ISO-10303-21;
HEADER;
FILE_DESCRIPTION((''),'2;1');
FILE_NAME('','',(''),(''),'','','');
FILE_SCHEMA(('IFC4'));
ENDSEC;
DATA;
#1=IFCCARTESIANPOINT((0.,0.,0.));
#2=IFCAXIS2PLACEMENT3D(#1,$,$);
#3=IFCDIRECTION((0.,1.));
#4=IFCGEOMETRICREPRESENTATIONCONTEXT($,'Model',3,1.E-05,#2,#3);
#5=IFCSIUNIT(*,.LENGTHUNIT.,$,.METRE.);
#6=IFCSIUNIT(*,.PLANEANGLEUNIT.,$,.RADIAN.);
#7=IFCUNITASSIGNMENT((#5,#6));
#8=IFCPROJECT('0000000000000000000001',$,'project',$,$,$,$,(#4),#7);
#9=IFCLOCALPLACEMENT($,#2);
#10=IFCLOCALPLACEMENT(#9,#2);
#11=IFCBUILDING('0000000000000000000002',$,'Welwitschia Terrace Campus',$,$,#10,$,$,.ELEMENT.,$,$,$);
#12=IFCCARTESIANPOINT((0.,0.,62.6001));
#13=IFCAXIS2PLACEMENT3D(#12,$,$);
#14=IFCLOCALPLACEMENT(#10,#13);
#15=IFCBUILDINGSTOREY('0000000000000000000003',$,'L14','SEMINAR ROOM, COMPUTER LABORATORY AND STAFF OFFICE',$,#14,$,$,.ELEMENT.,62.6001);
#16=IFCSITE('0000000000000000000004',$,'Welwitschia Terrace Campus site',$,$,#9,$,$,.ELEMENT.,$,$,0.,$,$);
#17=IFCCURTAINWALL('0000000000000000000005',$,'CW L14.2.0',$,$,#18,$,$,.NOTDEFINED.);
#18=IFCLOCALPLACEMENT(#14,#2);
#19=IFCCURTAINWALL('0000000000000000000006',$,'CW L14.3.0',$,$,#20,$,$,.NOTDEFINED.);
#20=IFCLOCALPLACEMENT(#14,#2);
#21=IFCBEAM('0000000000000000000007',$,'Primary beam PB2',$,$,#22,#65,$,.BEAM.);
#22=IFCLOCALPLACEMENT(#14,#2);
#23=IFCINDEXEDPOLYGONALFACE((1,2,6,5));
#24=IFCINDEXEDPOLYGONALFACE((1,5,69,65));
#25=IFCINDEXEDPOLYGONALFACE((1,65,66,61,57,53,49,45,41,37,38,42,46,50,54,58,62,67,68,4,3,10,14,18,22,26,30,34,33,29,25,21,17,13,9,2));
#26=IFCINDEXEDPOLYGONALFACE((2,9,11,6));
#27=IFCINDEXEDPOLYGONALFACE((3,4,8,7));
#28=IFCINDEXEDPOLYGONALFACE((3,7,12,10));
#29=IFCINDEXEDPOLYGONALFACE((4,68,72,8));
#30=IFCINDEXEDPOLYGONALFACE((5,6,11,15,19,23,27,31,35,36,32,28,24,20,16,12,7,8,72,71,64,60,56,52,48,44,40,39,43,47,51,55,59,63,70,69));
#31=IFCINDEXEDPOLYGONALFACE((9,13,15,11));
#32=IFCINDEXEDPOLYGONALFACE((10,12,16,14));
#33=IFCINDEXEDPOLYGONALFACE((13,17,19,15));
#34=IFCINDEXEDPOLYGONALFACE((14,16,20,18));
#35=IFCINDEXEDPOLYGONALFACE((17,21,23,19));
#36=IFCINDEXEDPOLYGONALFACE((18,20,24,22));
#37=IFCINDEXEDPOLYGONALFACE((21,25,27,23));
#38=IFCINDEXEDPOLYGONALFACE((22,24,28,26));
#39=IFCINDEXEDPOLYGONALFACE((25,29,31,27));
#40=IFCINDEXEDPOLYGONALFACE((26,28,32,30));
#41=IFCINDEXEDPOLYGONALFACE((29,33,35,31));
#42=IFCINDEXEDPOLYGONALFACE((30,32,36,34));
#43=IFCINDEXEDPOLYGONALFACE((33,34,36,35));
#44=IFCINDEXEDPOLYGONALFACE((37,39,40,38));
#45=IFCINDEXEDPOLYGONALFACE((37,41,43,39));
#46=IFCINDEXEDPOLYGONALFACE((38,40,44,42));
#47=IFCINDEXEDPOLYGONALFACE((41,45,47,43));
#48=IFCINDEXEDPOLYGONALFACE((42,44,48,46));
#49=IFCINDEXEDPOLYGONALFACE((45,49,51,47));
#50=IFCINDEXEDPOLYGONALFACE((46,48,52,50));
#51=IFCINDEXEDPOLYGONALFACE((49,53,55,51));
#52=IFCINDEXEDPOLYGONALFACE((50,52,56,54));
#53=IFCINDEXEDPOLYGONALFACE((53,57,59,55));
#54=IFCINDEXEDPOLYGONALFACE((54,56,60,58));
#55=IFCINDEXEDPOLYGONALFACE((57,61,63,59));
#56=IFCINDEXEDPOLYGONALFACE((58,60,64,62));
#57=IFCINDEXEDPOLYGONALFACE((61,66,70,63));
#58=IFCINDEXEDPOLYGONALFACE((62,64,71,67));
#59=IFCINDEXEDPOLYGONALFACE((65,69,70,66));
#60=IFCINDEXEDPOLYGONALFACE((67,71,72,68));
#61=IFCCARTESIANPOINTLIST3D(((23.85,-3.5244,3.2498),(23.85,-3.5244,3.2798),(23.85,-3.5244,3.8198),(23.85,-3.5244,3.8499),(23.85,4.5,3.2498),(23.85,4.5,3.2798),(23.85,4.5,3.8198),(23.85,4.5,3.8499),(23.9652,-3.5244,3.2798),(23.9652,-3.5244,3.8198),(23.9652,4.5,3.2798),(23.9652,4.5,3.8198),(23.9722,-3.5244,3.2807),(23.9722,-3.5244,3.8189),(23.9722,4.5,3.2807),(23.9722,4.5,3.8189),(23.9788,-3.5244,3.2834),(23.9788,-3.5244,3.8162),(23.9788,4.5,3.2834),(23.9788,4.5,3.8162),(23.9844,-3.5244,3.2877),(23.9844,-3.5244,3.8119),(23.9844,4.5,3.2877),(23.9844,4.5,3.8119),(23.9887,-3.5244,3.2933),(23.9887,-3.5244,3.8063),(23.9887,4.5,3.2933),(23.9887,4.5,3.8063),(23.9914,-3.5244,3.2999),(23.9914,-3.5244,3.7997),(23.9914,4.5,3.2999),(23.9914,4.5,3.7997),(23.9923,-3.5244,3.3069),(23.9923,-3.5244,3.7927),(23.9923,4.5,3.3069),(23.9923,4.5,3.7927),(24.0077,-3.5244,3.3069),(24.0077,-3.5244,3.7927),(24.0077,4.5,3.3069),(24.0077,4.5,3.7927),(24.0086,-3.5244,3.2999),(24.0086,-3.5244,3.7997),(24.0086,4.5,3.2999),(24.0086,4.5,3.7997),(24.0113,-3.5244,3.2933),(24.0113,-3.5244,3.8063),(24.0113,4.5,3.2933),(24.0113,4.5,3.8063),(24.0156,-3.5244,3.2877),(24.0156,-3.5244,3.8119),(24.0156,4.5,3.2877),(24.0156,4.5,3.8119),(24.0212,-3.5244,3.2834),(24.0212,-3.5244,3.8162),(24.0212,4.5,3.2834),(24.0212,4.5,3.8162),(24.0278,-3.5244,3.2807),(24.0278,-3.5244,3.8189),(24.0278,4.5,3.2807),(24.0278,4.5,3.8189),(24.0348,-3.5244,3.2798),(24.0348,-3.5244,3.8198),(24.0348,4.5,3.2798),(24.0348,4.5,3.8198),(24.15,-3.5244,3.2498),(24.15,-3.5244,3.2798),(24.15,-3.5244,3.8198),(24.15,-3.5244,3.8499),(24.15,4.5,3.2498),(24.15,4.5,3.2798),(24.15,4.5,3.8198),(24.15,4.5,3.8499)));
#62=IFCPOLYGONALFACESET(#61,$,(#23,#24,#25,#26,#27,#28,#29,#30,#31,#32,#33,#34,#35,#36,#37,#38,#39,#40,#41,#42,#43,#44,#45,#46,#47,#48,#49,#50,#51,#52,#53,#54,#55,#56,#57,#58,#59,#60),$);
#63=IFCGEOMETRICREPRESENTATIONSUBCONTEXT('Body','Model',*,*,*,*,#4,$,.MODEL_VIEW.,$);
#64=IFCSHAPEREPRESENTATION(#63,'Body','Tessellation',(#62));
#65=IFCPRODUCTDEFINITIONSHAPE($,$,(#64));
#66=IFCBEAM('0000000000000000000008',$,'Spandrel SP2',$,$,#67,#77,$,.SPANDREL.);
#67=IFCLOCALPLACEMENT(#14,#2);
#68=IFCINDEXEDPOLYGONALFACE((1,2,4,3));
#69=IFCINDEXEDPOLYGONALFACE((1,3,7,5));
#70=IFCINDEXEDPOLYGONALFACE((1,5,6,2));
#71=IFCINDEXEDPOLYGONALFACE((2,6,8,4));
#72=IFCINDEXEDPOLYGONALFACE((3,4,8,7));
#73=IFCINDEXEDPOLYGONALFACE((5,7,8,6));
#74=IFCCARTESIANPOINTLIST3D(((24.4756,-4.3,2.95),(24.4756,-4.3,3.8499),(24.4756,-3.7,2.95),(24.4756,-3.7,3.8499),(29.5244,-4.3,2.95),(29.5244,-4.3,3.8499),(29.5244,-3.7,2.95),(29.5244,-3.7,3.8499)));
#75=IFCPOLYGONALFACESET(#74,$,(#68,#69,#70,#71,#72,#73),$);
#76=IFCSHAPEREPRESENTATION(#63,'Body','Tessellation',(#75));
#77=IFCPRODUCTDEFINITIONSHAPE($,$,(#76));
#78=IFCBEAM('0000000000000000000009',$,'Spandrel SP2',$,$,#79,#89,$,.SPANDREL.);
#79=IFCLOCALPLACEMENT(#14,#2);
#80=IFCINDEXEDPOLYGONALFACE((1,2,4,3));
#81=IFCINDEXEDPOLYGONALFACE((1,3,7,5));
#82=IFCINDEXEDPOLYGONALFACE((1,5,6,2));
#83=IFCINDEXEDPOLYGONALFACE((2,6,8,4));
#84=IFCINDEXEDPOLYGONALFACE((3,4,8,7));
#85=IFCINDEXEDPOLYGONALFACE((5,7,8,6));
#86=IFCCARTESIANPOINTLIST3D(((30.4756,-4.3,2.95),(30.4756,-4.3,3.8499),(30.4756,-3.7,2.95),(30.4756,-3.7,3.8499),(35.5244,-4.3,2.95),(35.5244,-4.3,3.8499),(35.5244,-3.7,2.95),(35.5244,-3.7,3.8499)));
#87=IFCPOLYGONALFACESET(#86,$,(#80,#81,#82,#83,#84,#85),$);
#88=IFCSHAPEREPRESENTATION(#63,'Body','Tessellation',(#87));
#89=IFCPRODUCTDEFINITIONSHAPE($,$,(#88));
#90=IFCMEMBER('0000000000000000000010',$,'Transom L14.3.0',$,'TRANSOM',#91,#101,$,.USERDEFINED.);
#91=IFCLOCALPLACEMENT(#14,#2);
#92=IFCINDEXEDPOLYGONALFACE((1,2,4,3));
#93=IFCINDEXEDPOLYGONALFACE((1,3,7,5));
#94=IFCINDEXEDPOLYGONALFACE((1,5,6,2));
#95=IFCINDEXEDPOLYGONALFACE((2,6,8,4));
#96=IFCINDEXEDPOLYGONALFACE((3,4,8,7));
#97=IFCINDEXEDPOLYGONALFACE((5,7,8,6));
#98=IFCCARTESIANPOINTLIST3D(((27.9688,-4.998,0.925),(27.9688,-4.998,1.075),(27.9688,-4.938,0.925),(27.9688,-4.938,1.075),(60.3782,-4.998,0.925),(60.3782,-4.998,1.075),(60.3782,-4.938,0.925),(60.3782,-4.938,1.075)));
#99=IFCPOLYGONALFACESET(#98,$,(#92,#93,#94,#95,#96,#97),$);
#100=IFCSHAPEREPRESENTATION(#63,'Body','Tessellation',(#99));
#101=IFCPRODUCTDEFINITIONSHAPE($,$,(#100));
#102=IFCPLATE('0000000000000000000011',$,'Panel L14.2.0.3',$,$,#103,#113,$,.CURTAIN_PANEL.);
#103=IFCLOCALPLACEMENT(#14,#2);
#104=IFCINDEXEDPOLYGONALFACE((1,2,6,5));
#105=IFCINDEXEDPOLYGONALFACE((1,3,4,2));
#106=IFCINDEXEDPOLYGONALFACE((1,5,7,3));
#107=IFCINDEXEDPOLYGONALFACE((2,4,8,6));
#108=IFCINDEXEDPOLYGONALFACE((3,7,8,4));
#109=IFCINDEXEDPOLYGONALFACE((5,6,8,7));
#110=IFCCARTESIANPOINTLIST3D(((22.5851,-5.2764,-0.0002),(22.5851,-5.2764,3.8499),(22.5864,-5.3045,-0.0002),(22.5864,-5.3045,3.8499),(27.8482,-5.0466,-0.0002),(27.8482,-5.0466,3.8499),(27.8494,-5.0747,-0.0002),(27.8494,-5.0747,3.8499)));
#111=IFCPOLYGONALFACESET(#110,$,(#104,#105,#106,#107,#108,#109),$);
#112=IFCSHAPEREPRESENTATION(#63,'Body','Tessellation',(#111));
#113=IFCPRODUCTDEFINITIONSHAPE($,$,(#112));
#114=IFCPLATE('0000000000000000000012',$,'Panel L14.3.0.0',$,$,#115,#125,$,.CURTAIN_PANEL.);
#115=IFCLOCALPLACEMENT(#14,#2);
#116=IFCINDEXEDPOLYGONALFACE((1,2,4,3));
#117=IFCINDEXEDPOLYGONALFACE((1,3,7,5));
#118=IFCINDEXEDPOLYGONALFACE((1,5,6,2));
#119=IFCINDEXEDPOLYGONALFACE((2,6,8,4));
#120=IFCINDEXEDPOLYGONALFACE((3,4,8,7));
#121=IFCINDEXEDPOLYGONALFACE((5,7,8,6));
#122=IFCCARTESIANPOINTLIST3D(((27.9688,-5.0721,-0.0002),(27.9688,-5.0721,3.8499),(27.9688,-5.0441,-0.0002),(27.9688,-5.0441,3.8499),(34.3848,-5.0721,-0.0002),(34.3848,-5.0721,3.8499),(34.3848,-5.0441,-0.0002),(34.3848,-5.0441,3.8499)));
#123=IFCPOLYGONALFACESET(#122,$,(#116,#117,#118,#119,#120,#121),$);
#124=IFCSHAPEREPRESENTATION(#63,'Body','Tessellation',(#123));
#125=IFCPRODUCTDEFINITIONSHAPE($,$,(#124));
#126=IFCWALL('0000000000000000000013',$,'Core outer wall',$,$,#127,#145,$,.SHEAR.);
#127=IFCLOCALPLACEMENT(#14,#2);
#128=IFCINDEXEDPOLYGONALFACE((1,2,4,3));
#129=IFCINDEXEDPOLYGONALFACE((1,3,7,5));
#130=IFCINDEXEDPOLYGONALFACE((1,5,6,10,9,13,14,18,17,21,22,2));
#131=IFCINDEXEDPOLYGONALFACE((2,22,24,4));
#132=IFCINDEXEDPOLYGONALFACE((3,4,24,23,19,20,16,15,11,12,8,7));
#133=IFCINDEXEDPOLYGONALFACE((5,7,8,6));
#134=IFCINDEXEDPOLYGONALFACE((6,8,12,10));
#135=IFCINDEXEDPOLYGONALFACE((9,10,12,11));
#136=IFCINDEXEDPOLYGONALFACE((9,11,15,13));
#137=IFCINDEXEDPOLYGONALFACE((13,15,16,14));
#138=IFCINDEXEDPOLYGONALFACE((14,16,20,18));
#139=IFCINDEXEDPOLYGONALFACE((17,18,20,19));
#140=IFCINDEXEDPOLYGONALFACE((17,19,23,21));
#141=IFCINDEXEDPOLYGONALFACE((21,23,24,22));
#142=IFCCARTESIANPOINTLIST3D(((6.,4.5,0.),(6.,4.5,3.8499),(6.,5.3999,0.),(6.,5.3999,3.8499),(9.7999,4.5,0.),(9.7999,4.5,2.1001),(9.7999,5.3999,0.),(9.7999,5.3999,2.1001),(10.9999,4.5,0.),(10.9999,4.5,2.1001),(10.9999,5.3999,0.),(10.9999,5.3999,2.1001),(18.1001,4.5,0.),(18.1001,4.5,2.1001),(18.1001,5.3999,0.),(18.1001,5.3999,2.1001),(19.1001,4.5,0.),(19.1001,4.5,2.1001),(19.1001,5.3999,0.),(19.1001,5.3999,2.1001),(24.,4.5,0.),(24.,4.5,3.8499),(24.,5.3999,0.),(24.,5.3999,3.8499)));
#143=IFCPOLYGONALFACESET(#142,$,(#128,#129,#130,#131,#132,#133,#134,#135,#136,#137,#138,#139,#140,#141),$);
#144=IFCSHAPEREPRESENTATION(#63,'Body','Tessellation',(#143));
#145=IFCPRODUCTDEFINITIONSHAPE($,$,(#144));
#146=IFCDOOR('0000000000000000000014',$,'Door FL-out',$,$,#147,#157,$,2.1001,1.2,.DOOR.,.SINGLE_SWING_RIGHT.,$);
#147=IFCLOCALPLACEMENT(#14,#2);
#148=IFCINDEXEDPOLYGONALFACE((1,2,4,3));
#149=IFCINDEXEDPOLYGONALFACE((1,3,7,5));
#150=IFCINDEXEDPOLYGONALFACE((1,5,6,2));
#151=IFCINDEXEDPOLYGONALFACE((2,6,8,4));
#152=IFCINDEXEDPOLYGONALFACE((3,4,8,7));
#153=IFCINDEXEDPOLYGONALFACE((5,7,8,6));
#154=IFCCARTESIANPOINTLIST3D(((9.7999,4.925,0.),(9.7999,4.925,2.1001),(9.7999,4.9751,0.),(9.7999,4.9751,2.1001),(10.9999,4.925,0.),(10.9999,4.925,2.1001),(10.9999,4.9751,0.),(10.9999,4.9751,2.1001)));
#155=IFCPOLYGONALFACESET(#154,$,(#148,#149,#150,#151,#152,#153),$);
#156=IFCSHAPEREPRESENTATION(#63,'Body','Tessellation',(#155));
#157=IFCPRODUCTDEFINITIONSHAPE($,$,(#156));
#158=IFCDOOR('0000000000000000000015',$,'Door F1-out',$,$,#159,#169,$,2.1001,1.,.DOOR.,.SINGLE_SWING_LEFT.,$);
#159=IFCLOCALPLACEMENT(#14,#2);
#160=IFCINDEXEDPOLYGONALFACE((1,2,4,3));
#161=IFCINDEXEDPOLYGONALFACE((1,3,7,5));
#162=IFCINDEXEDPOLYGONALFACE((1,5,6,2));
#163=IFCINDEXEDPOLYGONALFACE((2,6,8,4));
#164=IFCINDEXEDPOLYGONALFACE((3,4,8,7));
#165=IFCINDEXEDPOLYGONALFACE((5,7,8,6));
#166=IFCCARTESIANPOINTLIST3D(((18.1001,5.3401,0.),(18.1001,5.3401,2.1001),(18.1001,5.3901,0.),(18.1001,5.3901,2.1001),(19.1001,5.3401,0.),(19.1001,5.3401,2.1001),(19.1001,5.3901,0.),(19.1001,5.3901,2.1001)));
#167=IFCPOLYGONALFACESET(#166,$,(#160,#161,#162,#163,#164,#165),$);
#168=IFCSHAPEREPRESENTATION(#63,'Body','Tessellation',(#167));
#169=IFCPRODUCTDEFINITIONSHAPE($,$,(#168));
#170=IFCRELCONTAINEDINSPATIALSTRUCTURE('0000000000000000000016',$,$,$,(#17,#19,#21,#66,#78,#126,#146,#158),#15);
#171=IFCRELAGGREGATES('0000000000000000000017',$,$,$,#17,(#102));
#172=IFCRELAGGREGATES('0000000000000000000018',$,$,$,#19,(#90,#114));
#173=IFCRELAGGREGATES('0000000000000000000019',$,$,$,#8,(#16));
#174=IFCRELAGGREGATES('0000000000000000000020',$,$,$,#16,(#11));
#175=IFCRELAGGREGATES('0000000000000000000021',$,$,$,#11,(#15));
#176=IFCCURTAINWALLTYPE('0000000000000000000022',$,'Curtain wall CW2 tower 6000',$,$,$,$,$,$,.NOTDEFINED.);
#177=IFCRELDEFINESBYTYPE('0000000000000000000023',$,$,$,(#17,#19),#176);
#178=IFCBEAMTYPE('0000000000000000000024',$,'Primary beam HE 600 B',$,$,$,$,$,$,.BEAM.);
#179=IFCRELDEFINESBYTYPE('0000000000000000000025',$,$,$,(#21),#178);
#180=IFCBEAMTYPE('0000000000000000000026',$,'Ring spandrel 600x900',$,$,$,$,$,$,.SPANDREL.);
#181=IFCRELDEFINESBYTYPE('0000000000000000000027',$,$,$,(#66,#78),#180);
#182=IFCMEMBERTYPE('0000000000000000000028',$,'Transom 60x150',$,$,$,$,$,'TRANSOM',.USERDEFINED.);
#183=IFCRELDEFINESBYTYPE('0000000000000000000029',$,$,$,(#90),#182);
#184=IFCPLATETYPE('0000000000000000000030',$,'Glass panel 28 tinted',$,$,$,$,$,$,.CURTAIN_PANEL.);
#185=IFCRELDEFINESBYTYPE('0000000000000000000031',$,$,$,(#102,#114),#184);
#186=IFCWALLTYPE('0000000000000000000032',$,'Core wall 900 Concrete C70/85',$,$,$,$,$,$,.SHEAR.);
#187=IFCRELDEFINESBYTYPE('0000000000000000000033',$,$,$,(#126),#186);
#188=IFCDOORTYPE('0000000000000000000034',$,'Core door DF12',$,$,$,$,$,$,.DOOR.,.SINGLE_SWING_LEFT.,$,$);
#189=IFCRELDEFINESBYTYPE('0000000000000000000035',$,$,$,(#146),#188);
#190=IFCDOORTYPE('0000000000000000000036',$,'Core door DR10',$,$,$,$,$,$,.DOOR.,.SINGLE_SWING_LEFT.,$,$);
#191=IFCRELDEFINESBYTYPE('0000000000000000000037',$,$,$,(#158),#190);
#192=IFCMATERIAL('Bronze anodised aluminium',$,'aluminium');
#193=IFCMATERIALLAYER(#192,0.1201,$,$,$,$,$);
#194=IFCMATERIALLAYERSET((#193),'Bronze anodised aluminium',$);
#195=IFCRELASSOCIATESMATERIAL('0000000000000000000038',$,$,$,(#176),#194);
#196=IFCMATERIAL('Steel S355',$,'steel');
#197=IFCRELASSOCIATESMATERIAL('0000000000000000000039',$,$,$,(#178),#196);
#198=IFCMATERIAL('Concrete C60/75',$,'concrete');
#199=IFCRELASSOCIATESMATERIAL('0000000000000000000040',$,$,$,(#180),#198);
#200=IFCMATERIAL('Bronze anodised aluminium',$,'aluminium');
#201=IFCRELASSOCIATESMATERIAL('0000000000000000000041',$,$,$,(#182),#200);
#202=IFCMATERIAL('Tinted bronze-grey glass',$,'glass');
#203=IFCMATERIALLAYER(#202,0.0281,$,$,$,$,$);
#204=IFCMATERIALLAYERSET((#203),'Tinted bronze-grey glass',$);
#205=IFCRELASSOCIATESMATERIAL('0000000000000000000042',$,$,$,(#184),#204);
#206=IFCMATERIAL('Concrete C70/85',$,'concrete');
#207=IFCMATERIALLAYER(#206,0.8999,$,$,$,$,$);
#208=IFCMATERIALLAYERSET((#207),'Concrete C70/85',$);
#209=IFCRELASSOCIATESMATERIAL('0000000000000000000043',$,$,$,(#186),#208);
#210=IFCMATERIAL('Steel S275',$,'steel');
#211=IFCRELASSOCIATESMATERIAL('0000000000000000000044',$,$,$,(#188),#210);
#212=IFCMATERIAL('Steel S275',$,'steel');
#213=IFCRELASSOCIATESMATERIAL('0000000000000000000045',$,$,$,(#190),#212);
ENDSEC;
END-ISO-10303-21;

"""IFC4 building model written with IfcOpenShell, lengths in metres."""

from ifc_helpers import new_model, si_unit, direction, frame, frame_2d, origin, origin_2d, place, context, subcontext, project, spatial, rectangle, i_section, extrude, material, layer, layer_set, material_profile, profile_set, type_object, element, fill, aggregate, save


model = new_model("IFC4")

# Units and contexts
model_context = context("Model", 3, precision=1e-05, world=origin(), true_north=direction((0.0, 1.0)))
body_context = subcontext(model_context, "Body", "Model", "MODEL_VIEW")
ifc_project = project(units=[si_unit("LENGTHUNIT", "METRE"), si_unit("PLANEANGLEUNIT", "RADIAN")], contexts=[model_context])

# Site, building, storey
site_placement = place(None, origin())
site = spatial("IfcSite", under=ifc_project, at=site_placement, Name="Welwitschia Terrace Campus site", CompositionType="ELEMENT", RefElevation=0.0)
building_placement = place(site_placement, origin())
building = spatial("IfcBuilding", under=site, at=building_placement, Name="Welwitschia Terrace Campus", CompositionType="ELEMENT")
storey_placement = place(building_placement, frame((0.0, 0.0, 62.6001)))
storey = spatial("IfcBuildingStorey", under=building, at=storey_placement, Name="L14", Description="SEMINAR ROOM, COMPUTER LABORATORY AND STAFF OFFICE", CompositionType="ELEMENT", Elevation=62.6001)

# Curtain wall
ifc_material_1 = material(Name="Bronze anodised aluminium", Category="aluminium")
ifc_layer_1 = layer(ifc_material_1, 0.1201)
ifc_layer_set_1 = layer_set([ifc_layer_1], Name="Bronze anodised aluminium")
curtain_wall_type = type_object("IfcCurtainWallType", Name="Curtain wall CW2 tower 6000", PredefinedType="NOTDEFINED", material=ifc_layer_set_1)
curtain_wall_1_placement = place(storey_placement, origin())
curtain_wall_1 = element("IfcCurtainWall", 1, at=curtain_wall_1_placement, inside=storey, type_object=curtain_wall_type, Name="CW L14.2.0", PredefinedType="NOTDEFINED")

# Curtain wall
curtain_wall_2_placement = place(storey_placement, origin())
curtain_wall_2 = element("IfcCurtainWall", 2, at=curtain_wall_2_placement, inside=storey, type_object=curtain_wall_type, Name="CW L14.3.0", PredefinedType="NOTDEFINED")

# Beams
ifc_material_2 = material(Name="Steel S355", Category="steel")
ifc_material_profile_1 = material_profile(ifc_material_2, i_section(OverallWidth=0.3, OverallDepth=0.6001, WebThickness=0.0154, FlangeThickness=0.03, FilletRadius=0.0271, at=origin_2d()))
ifc_profile_set_1 = profile_set([ifc_material_profile_1], Name="Steel S355")
beam_type_1 = type_object("IfcBeamType", Name="Primary beam HE 600 B", PredefinedType="BEAM", material=ifc_profile_set_1)
beam_placement = place(storey_placement, frame((24.0, -3.5244, 3.5498), z_axis=(0.0, 1.0, 0.0), x_axis=(-1.0, 0.0, 0.0)))
element("IfcBeam", 3, at=beam_placement, inside=storey, type_object=beam_type_1, Name="Primary beam PB2", PredefinedType="BEAM", context=body_context, shape_type="SweptSolid", body=[
    extrude(i_section(OverallWidth=0.3, OverallDepth=0.6001, WebThickness=0.0154, FlangeThickness=0.03, FilletRadius=0.0271, at=origin_2d()), origin(), (0.0, 0.0, 1.0), 8.0244),
])
ifc_material_3 = material(Name="Concrete C60/75", Category="concrete")
ifc_material_profile_2 = material_profile(ifc_material_3, rectangle(XDim=0.6001, YDim=0.8999, at=origin_2d()))
ifc_profile_set_2 = profile_set([ifc_material_profile_2], Name="Concrete C60/75")
beam_type_2 = type_object("IfcBeamType", Name="Ring spandrel 600x900", PredefinedType="SPANDREL", material=ifc_profile_set_2)
for number, where, z_axis, x_axis, name in (
    (4, (24.4756, -4.0, 3.3999), (1.0, 0.0, 0.0), (0.0, 1.0, 0.0), "Spandrel SP2"),
    (5, (30.4756, -4.0, 3.3999), (1.0, 0.0, 0.0), (0.0, 1.0, 0.0), "Spandrel SP2"),
):
    element("IfcBeam", number, at=place(storey_placement, frame(where, z_axis=z_axis, x_axis=x_axis)), inside=storey, type_object=beam_type_2, Name=name, PredefinedType="SPANDREL", context=body_context, shape_type="SweptSolid", body=[
        extrude(rectangle(XDim=0.6001, YDim=0.8999, at=origin_2d()), origin(), (0.0, 0.0, 1.0), 5.0488),
    ])

# Member
ifc_material_4 = material(Name="Bronze anodised aluminium", Category="aluminium")
ifc_material_profile_3 = material_profile(ifc_material_4, rectangle(XDim=0.0601, YDim=0.1499, at=origin_2d()))
ifc_profile_set_3 = profile_set([ifc_material_profile_3], Name="Bronze anodised aluminium")
member_type_1 = type_object("IfcMemberType", Name="Transom 60x150", ElementType="TRANSOM", PredefinedType="USERDEFINED", material=ifc_profile_set_3)
member_1_placement = place(storey_placement, frame((27.9688, -4.968, 1.0), z_axis=(1.0, 0.0, 0.0), x_axis=(0.0, 1.0, 0.0)))
member_1 = element("IfcMember", 6, at=member_1_placement, type_object=member_type_1, Name="Transom L14.3.0", ObjectType="TRANSOM", PredefinedType="USERDEFINED", context=body_context, shape_type="SweptSolid", body=[
    extrude(rectangle(XDim=0.0601, YDim=0.1499, at=origin_2d()), origin(), (0.0, 0.0, 1.0), 32.4094),
])

# Plates
ifc_material_5 = material(Name="Tinted bronze-grey glass", Category="glass")
ifc_layer_2 = layer(ifc_material_5, 0.0281)
ifc_layer_set_2 = layer_set([ifc_layer_2], Name="Tinted bronze-grey glass")
plate_type = type_object("IfcPlateType", Name="Glass panel 28 tinted", PredefinedType="CURTAIN_PANEL", material=ifc_layer_set_2)
plate_1_placement = place(storey_placement, frame((25.2173, -5.1755, -0.0002), z_axis=(0.0, 0.0, 1.0), x_axis=(0.999048, 0.043619, 0.0)))
plate_1 = element("IfcPlate", 7, at=plate_1_placement, type_object=plate_type, Name="Panel L14.2.0.3", PredefinedType="CURTAIN_PANEL", context=body_context, shape_type="SweptSolid", body=[
    extrude(rectangle(XDim=5.2681, YDim=0.0281, at=origin_2d()), origin(), (0.0, 0.0, 1.0), 3.8501),
])
aggregate(curtain_wall_1, [plate_1])
plate_2_placement = place(storey_placement, frame((31.1768, -5.0581, -0.0002), z_axis=(0.0, 0.0, 1.0), x_axis=(1.0, 0.0, 0.0)))
plate_2 = element("IfcPlate", 8, at=plate_2_placement, type_object=plate_type, Name="Panel L14.3.0.0", PredefinedType="CURTAIN_PANEL", context=body_context, shape_type="SweptSolid", body=[
    extrude(rectangle(XDim=6.416, YDim=0.0281, at=origin_2d()), origin(), (0.0, 0.0, 1.0), 3.8501),
])
aggregate(curtain_wall_2, [member_1, plate_2])

# Wall, openings, doors
ifc_material_6 = material(Name="Concrete C70/85", Category="concrete")
ifc_layer_3 = layer(ifc_material_6, 0.8999)
ifc_layer_set_3 = layer_set([ifc_layer_3], Name="Concrete C70/85")
wall_type_1 = type_object("IfcWallType", Name="Core wall 900 Concrete C70/85", PredefinedType="SHEAR", material=ifc_layer_set_3)
wall_1_placement = place(storey_placement, frame((24.0, 4.95, 0.0), z_axis=(0.0, 0.0, 1.0), x_axis=(-1.0, 0.0, 0.0)))
wall_1 = element("IfcWall", 9, at=wall_1_placement, inside=storey, type_object=wall_type_1, Name="Core outer wall", PredefinedType="SHEAR", context=body_context, shape_type="SweptSolid", body=[
    extrude(rectangle(XDim=18.0, YDim=0.8999, at=frame_2d((9.0, 0.0))), origin(), (0.0, 0.0, 1.0), 3.8499),
])
opening_1_placement = place(wall_1_placement, frame((13.0, 0.0, 0.0)))
opening_1 = element("IfcOpeningElement", 10, at=opening_1_placement, cuts=wall_1, PredefinedType="OPENING", context=body_context, shape_type="SweptSolid", body=[
    extrude(rectangle(XDim=1.2, YDim=2.1001, at=frame_2d((0.6001, 1.05))), frame((0.0, 0.46, 0.0), z_axis=(0.0, -1.0, 0.0), x_axis=(1.0, 0.0, 0.0)), (0.0, 0.0, 1.0), 0.9199),
])
opening_2_placement = place(wall_1_placement, frame((4.8999, 0.0, 0.0)))
opening_2 = element("IfcOpeningElement", 11, at=opening_2_placement, cuts=wall_1, PredefinedType="OPENING", context=body_context, shape_type="SweptSolid", body=[
    extrude(rectangle(XDim=1.0, YDim=2.1001, at=frame_2d((0.5, 1.05))), frame((0.0, 0.46, 0.0), z_axis=(0.0, -1.0, 0.0), x_axis=(1.0, 0.0, 0.0)), (0.0, 0.0, 1.0), 0.9199),
])
ifc_material_7 = material(Name="Steel S275", Category="steel")
door_type_1 = type_object("IfcDoorType", Name="Core door DF12", OperationType="SINGLE_SWING_LEFT", PredefinedType="DOOR", material=ifc_material_7)
door_1_placement = place(opening_1_placement, origin())
door_1 = element("IfcDoor", 12, at=door_1_placement, inside=storey, type_object=door_type_1, Name="Door FL-out", OperationType="SINGLE_SWING_RIGHT", OverallHeight=2.1001, OverallWidth=1.2, PredefinedType="DOOR", context=body_context, shape_type="SweptSolid", body=[
    extrude(rectangle(XDim=1.2, YDim=2.1001, at=frame_2d((0.6001, 1.05))), frame((0.0, 0.0249, 0.0), z_axis=(0.0, -1.0, 0.0), x_axis=(1.0, 0.0, 0.0)), (0.0, 0.0, 1.0), 0.05),
])
fill(opening_1, door_1)
ifc_material_8 = material(Name="Steel S275", Category="steel")
door_type_2 = type_object("IfcDoorType", Name="Core door DR10", OperationType="SINGLE_SWING_LEFT", PredefinedType="DOOR", material=ifc_material_8)
door_2_placement = place(opening_2_placement, origin())
door_2 = element("IfcDoor", 13, at=door_2_placement, inside=storey, type_object=door_type_2, Name="Door F1-out", OperationType="SINGLE_SWING_LEFT", OverallHeight=2.1001, OverallWidth=1.0, PredefinedType="DOOR", context=body_context, shape_type="SweptSolid", body=[
    extrude(rectangle(XDim=1.0, YDim=2.1001, at=frame_2d((0.5, 1.05))), frame((0.0, -0.3901, 0.0), z_axis=(0.0, -1.0, 0.0), x_axis=(1.0, 0.0, 0.0)), (0.0, 0.0, 1.0), 0.05),
])
fill(opening_2, door_2)

save(model, "model.ifc")
